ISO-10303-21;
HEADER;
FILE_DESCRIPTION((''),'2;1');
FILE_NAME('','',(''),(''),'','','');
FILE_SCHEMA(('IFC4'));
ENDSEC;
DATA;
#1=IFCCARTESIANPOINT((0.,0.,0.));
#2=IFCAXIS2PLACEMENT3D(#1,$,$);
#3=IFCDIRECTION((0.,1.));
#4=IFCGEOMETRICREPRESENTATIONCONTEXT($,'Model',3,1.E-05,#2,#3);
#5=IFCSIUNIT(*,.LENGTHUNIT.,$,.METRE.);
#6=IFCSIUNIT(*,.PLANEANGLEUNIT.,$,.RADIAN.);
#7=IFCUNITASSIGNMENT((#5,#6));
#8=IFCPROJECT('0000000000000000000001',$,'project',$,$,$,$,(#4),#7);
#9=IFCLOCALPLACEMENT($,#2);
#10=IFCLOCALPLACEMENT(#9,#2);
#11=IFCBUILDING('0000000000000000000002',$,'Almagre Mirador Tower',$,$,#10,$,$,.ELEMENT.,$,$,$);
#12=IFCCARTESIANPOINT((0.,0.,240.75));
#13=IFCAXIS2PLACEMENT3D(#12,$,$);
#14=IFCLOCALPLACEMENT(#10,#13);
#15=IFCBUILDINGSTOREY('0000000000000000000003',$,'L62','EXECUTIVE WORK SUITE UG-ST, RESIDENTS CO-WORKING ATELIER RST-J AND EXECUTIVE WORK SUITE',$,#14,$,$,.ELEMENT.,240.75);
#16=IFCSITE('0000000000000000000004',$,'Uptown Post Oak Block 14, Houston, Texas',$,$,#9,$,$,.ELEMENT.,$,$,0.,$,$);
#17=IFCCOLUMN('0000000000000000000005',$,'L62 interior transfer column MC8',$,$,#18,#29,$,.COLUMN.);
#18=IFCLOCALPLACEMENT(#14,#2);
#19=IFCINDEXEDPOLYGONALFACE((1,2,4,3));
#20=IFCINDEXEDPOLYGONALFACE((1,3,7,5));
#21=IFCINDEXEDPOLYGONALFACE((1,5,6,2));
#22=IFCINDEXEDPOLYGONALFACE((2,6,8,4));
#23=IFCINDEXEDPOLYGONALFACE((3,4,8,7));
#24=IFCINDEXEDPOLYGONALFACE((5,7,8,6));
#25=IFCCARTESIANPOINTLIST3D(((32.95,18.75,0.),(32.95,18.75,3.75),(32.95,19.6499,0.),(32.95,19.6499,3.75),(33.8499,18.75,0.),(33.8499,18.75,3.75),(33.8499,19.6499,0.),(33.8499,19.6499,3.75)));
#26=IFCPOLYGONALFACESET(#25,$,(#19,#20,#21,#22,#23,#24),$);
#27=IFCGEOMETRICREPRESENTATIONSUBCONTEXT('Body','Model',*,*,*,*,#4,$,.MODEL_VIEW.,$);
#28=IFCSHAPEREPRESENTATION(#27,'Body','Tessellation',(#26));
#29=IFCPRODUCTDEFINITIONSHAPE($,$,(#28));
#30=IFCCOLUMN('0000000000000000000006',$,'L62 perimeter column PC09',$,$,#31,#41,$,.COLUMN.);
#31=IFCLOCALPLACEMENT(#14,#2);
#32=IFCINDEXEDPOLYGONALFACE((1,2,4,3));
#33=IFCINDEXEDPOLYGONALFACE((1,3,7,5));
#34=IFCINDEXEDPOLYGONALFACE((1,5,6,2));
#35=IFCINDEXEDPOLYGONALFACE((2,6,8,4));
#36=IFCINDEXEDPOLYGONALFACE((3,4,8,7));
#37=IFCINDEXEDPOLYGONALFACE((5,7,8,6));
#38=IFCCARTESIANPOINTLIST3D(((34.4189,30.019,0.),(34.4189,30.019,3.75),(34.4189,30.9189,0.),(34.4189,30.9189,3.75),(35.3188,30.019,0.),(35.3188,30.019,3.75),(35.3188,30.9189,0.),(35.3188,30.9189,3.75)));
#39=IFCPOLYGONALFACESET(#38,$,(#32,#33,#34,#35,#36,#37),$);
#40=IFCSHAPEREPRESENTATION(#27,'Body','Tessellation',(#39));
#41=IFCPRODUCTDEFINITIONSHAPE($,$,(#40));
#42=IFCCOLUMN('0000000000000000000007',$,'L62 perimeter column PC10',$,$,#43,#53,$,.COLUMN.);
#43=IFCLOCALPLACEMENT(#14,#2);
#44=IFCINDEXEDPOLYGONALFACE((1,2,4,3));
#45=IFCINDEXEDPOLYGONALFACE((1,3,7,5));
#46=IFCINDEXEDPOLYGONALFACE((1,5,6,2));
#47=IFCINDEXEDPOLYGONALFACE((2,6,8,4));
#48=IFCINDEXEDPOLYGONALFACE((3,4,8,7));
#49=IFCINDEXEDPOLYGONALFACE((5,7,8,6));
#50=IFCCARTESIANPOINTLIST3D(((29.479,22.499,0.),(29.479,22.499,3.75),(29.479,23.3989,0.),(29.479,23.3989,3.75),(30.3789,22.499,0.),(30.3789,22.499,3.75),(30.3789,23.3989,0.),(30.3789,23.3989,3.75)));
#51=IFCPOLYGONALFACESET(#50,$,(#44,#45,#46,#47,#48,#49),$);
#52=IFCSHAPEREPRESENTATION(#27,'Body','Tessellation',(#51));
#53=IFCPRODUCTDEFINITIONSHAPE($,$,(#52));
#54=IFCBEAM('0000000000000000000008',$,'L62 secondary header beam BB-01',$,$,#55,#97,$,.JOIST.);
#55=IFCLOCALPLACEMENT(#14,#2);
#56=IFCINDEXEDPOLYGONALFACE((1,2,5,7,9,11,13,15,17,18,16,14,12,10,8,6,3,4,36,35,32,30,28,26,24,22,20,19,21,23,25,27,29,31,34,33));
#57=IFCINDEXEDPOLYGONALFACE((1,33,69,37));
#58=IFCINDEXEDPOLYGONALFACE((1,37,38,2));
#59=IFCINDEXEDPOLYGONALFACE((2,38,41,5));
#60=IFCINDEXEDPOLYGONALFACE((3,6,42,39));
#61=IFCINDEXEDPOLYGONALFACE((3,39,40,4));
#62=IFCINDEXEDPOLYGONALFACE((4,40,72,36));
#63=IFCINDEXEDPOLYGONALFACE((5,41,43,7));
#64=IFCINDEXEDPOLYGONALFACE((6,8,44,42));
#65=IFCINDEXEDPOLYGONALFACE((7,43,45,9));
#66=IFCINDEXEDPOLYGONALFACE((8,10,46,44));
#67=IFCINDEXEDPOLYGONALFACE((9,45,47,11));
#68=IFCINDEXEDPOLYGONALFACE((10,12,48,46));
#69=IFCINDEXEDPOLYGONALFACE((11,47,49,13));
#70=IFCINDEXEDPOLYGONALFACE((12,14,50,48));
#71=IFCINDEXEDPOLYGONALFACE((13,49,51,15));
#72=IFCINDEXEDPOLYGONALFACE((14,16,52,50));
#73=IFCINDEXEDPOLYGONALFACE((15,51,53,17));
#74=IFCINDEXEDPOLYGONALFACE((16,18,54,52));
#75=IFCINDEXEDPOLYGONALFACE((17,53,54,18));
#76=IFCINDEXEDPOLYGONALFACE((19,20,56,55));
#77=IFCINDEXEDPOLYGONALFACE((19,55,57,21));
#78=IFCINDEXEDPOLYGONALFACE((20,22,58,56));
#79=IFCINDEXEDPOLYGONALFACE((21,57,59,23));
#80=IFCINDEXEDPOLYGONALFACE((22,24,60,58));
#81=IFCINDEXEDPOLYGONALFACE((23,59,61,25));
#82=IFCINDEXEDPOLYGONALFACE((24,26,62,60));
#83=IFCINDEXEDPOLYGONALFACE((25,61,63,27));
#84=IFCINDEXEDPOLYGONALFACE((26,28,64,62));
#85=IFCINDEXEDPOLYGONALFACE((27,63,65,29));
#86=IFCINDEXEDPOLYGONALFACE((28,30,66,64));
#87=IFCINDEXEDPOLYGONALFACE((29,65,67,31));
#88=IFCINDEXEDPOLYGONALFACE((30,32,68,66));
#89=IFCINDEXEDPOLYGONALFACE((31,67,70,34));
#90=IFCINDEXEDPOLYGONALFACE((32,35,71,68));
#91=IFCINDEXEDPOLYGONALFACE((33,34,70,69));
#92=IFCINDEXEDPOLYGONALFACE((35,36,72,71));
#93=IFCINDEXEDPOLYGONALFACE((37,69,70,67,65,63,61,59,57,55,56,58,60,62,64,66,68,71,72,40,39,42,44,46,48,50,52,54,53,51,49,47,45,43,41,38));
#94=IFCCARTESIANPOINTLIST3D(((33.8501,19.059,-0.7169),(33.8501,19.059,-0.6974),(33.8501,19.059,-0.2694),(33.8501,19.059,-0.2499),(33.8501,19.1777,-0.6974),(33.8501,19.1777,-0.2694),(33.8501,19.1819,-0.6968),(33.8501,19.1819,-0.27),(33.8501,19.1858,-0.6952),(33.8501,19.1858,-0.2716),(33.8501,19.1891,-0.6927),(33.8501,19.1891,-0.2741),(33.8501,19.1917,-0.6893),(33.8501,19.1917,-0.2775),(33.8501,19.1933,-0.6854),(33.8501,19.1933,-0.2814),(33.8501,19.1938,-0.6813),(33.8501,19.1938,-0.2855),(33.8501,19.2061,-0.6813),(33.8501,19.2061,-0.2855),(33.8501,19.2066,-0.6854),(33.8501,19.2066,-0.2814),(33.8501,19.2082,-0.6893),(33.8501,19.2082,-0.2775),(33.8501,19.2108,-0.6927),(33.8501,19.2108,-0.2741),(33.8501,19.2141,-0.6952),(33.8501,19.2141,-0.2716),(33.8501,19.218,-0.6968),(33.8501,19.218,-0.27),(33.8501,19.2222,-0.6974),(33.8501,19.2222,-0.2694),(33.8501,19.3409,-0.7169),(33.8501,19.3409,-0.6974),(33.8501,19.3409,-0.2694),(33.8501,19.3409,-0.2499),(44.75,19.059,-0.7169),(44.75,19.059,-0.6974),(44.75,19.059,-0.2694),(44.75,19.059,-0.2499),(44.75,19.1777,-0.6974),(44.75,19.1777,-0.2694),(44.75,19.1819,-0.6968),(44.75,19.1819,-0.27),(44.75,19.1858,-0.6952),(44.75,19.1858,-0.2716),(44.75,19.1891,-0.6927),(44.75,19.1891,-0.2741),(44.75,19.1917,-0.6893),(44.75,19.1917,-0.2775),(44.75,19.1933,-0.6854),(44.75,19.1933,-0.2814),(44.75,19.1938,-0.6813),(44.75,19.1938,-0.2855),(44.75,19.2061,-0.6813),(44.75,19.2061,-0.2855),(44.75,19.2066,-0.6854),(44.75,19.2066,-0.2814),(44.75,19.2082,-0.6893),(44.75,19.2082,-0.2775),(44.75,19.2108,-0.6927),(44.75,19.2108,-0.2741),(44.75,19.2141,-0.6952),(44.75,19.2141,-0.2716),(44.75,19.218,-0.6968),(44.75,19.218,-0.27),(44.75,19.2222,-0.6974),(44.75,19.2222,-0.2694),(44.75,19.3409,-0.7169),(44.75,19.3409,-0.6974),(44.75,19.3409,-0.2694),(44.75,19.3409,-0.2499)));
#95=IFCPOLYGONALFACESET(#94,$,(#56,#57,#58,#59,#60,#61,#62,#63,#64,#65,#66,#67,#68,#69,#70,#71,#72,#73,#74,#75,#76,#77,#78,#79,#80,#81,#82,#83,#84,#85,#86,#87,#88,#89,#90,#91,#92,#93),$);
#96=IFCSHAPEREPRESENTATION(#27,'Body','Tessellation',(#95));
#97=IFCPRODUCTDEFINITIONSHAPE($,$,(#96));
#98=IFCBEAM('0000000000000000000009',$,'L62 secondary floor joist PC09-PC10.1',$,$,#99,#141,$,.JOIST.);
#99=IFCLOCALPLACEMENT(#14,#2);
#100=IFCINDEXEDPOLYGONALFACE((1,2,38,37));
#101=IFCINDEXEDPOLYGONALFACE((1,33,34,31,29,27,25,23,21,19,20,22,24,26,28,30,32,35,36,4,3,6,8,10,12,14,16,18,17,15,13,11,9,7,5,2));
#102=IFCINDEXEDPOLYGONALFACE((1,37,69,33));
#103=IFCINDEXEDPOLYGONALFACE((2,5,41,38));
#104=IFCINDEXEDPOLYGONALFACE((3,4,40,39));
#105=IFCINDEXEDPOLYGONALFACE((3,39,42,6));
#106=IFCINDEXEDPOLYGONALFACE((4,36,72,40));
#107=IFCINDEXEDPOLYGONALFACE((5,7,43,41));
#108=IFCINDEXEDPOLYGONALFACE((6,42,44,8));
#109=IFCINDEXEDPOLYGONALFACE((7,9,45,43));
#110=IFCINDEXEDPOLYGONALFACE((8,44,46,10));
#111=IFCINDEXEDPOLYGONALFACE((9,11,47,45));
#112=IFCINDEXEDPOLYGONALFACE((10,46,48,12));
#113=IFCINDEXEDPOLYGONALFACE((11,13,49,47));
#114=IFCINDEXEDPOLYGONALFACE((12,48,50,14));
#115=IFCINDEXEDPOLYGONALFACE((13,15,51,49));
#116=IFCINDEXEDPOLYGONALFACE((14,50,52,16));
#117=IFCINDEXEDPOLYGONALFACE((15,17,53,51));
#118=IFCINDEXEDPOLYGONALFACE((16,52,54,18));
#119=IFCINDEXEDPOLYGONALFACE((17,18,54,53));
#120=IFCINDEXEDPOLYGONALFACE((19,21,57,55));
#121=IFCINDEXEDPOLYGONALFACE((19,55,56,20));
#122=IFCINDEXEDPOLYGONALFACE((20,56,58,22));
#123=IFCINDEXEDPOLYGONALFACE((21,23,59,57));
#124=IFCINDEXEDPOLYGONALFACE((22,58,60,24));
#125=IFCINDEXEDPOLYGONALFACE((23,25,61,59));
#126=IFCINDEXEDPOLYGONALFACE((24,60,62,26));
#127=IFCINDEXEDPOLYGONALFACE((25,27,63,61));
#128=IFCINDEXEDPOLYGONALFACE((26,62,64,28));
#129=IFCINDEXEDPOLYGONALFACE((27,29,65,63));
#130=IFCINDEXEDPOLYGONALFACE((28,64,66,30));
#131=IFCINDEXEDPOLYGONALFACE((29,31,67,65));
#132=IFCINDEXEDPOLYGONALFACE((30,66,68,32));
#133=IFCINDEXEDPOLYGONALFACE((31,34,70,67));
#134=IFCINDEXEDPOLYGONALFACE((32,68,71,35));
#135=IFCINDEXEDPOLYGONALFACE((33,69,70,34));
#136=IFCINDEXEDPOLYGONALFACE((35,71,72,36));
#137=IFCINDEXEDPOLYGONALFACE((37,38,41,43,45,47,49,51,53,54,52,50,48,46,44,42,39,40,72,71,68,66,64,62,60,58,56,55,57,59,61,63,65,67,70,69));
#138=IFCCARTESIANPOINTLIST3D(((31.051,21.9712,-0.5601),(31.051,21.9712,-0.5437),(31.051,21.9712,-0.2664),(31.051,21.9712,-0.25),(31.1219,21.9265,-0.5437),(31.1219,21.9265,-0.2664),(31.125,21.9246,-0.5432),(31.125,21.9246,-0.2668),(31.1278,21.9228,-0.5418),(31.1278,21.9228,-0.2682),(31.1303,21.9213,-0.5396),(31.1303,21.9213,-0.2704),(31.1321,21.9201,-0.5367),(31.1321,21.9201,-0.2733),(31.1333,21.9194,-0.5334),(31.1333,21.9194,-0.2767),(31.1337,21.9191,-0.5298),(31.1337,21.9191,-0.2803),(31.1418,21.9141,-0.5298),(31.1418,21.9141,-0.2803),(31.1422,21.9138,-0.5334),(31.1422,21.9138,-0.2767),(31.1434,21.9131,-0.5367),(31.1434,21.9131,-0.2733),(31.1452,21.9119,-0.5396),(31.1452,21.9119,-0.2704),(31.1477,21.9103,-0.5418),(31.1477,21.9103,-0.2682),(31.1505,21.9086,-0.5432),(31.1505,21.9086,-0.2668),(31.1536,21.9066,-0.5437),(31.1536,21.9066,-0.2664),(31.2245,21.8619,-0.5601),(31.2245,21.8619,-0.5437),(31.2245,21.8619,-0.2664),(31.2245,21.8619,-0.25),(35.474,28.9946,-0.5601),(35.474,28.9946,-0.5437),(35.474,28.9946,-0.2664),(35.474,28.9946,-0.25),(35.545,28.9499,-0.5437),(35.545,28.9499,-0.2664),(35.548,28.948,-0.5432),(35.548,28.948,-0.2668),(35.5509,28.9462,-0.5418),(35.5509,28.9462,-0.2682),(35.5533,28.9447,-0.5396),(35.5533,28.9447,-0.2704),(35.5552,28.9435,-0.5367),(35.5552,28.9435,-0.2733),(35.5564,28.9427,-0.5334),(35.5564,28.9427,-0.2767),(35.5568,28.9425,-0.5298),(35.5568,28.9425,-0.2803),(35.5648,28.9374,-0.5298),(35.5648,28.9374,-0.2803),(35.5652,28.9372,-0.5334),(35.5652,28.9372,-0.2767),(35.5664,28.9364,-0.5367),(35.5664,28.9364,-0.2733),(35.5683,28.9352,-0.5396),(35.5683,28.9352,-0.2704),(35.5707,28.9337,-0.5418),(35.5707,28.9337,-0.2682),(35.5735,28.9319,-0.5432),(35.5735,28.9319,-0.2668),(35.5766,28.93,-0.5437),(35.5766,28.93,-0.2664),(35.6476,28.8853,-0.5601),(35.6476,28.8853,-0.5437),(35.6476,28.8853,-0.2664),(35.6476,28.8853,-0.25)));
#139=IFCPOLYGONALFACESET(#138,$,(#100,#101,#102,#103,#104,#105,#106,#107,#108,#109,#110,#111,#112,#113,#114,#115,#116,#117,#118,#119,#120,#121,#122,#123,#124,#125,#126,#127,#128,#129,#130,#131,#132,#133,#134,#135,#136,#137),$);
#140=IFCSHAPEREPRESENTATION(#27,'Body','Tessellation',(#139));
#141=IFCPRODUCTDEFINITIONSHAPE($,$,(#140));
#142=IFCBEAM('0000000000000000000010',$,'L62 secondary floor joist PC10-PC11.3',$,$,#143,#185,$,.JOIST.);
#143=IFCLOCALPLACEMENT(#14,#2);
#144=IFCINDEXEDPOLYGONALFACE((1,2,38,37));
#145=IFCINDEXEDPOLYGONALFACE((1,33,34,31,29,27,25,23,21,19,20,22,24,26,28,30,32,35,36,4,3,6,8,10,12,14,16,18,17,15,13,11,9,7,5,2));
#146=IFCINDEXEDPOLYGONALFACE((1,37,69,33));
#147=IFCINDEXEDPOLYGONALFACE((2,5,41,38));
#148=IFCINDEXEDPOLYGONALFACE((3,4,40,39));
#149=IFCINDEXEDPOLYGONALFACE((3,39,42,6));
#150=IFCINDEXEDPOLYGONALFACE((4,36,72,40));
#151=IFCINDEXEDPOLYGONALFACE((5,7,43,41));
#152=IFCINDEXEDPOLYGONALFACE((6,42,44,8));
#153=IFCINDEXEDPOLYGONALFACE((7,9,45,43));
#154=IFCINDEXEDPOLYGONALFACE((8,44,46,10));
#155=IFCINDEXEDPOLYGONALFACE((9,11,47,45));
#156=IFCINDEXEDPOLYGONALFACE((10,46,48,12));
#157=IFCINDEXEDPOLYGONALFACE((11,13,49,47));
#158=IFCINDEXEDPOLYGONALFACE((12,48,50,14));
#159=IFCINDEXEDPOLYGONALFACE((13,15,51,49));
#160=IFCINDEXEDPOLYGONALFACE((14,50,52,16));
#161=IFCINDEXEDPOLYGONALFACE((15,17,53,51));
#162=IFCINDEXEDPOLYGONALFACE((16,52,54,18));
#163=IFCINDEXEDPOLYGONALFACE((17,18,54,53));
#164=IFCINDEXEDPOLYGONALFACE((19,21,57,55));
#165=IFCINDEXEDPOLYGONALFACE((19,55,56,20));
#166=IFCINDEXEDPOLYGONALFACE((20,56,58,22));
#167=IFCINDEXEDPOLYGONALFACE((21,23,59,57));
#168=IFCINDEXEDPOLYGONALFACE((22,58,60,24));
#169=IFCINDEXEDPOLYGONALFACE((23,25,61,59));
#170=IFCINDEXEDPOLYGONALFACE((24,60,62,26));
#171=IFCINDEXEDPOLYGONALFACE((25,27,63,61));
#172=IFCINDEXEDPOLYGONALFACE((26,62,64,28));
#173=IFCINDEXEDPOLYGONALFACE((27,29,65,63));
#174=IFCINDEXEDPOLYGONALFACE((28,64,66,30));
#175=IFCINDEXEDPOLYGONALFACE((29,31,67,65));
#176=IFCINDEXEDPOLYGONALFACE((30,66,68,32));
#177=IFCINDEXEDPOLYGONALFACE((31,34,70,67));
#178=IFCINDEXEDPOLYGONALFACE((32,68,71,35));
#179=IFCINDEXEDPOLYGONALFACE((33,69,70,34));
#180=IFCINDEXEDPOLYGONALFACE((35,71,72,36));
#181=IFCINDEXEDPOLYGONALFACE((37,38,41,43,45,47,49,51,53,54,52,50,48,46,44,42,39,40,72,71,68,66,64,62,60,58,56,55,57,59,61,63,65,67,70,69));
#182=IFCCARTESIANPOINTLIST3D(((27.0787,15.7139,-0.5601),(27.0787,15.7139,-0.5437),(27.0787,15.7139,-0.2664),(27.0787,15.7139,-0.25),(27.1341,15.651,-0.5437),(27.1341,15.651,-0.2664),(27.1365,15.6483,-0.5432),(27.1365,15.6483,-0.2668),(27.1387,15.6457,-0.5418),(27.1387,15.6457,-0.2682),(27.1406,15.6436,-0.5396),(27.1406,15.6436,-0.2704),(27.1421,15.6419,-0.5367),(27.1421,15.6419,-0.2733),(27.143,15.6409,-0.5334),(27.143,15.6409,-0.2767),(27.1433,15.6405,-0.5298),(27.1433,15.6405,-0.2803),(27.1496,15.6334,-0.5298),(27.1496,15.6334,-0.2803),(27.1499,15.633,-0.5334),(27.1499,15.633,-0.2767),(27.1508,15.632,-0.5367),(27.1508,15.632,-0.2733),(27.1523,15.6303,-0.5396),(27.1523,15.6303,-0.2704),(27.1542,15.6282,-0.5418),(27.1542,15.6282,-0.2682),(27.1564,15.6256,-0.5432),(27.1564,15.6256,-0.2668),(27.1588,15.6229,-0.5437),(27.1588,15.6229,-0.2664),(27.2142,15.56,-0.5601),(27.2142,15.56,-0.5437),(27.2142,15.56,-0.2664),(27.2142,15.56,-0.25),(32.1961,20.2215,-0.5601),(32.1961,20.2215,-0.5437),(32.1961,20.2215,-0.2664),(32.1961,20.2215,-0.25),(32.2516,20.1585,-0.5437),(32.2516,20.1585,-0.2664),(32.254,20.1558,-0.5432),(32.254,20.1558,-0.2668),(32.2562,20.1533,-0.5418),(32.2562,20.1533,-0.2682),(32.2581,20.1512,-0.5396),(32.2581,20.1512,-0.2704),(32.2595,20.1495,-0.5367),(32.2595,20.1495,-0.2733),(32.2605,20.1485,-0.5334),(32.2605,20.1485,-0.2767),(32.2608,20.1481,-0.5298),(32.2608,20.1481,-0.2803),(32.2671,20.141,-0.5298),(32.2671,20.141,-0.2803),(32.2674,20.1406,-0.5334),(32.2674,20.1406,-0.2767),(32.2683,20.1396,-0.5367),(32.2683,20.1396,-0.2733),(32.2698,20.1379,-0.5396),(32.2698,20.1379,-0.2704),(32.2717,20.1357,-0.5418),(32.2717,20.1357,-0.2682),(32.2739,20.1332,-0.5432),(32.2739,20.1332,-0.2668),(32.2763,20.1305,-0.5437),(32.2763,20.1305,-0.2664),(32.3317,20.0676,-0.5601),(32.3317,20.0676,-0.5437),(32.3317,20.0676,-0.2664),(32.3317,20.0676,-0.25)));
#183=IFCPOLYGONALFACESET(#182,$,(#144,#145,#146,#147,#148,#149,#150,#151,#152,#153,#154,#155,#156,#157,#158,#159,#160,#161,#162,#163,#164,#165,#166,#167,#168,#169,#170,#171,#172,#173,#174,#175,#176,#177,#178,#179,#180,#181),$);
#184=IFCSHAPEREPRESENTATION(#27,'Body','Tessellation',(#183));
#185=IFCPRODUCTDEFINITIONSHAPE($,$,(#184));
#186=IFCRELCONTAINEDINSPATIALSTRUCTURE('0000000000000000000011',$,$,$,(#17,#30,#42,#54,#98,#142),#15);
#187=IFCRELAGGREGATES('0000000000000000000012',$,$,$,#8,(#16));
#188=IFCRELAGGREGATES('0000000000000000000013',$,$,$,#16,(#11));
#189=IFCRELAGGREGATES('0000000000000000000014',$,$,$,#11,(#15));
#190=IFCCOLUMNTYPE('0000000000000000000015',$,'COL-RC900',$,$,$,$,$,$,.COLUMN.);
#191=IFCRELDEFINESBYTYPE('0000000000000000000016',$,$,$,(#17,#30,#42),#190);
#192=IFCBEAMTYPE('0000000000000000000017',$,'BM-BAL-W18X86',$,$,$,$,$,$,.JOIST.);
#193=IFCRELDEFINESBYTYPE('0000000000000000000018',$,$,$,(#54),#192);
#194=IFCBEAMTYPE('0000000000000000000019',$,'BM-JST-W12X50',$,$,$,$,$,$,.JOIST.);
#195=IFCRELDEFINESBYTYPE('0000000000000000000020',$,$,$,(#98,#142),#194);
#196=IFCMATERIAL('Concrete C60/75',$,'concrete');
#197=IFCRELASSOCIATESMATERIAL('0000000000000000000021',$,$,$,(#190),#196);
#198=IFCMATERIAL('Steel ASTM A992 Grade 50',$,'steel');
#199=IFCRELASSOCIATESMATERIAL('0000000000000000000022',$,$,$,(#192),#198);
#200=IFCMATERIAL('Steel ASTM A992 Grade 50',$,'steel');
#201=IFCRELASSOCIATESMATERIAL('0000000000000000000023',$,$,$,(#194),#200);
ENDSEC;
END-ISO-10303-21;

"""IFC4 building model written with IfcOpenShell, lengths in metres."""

from ifc_helpers import new_model, si_unit, direction, frame, origin, origin_2d, place, context, subcontext, project, spatial, rectangle, i_section, extrude, material, material_profile, profile_set, type_object, element, save


model = new_model("IFC4")

# Units and contexts
model_context = context("Model", 3, precision=1e-05, world=origin(), true_north=direction((0.0, 1.0)))
body_context = subcontext(model_context, "Body", "Model", "MODEL_VIEW")
ifc_project = project(units=[si_unit("LENGTHUNIT", "METRE"), si_unit("PLANEANGLEUNIT", "RADIAN")], contexts=[model_context])

# Site, building, storey
site_placement = place(None, origin())
site = spatial("IfcSite", under=ifc_project, at=site_placement, Name="Uptown Post Oak Block 14, Houston, Texas", CompositionType="ELEMENT", RefElevation=0.0)
building_placement = place(site_placement, origin())
building = spatial("IfcBuilding", under=site, at=building_placement, Name="Almagre Mirador Tower", CompositionType="ELEMENT")
storey_placement = place(building_placement, frame((0.0, 0.0, 240.75)))
storey = spatial("IfcBuildingStorey", under=building, at=storey_placement, Name="L62", Description="EXECUTIVE WORK SUITE UG-ST, RESIDENTS CO-WORKING ATELIER RST-J AND EXECUTIVE WORK SUITE", CompositionType="ELEMENT", Elevation=240.75)

# Columns
ifc_material_1 = material(Name="Concrete C60/75", Category="concrete")
ifc_material_profile_1 = material_profile(ifc_material_1, rectangle(XDim=0.8999, YDim=0.8999, at=origin_2d()), Name="RC900X900")
ifc_profile_set_1 = profile_set([ifc_material_profile_1], Name="Concrete C60/75")
column_type = type_object("IfcColumnType", Name="COL-RC900", PredefinedType="COLUMN", material=ifc_profile_set_1)
for number, where, z_axis, x_axis, name in (
    (1, (33.3999, 19.2, 0.0), (0.0, 0.0, 1.0), (1.0, 0.0, 0.0), "L62 interior transfer column MC8"),
    (2, (34.8689, 30.469, 0.0), (0.0, 0.0, 1.0), (1.0, 0.0, 0.0), "L62 perimeter column PC09"),
    (3, (29.929, 22.949, 0.0), (0.0, 0.0, 1.0), (1.0, 0.0, 0.0), "L62 perimeter column PC10"),
):
    element("IfcColumn", number, at=place(storey_placement, frame(where, z_axis=z_axis, x_axis=x_axis)), inside=storey, type_object=column_type, Name=name, PredefinedType="COLUMN", context=body_context, shape_type="SweptSolid", body=[
        extrude(rectangle(XDim=0.8999, YDim=0.8999, at=origin_2d()), origin(), (0.0, 0.0, 1.0), 3.75),
    ])

# Beams
ifc_material_2 = material(Name="Steel ASTM A992 Grade 50", Category="steel")
ifc_material_profile_2 = material_profile(ifc_material_2, i_section(OverallWidth=0.282, OverallDepth=0.467, WebThickness=0.0122, FlangeThickness=0.0195, FilletRadius=0.0161, at=origin_2d()), Name="W18X86")
ifc_profile_set_2 = profile_set([ifc_material_profile_2], Name="Steel ASTM A992 Grade 50")
beam_type_1 = type_object("IfcBeamType", Name="BM-BAL-W18X86", PredefinedType="JOIST", material=ifc_profile_set_2)
beam_1_placement = place(storey_placement, frame((33.8501, 19.2, -0.4834), z_axis=(1.0, 0.0, 0.0), x_axis=(0.0, 1.0, 0.0)))
element("IfcBeam", 4, at=beam_1_placement, inside=storey, type_object=beam_type_1, Name="L62 secondary header beam BB-01", PredefinedType="JOIST", context=body_context, shape_type="SweptSolid", body=[
    extrude(i_section(OverallWidth=0.282, OverallDepth=0.467, WebThickness=0.0122, FlangeThickness=0.0195, FilletRadius=0.0161, at=origin_2d()), origin(), (0.0, 0.0, 1.0), 10.8999),
])
ifc_material_3 = material(Name="Steel ASTM A992 Grade 50", Category="steel")
ifc_material_profile_3 = material_profile(ifc_material_3, i_section(OverallWidth=0.2051, OverallDepth=0.3101, WebThickness=0.0095, FlangeThickness=0.0164, FilletRadius=0.0139, at=origin_2d()), Name="W12X50")
ifc_profile_set_3 = profile_set([ifc_material_profile_3], Name="Steel ASTM A992 Grade 50")
beam_type_2 = type_object("IfcBeamType", Name="BM-JST-W12X50", PredefinedType="JOIST", material=ifc_profile_set_3)
beam_2_placement = place(storey_placement, frame((35.5608, 28.9399, -0.405), z_axis=(-0.532894, -0.846182, 0.0), x_axis=(0.846182, -0.532894, 0.0)))
element("IfcBeam", 5, at=beam_2_placement, inside=storey, type_object=beam_type_2, Name="L62 secondary floor joist PC09-PC10.1", PredefinedType="JOIST", context=body_context, shape_type="SweptSolid", body=[
    extrude(i_section(OverallWidth=0.2051, OverallDepth=0.3101, WebThickness=0.0095, FlangeThickness=0.0164, FilletRadius=0.0139, at=origin_2d()), origin(), (0.0, 0.0, 1.0), 8.3),
])
beam_3_placement = place(storey_placement, frame((32.2639, 20.1445, -0.405), z_axis=(-0.750406, -0.660977, 0.0), x_axis=(0.660977, -0.750406, 0.0)))
element("IfcBeam", 6, at=beam_3_placement, inside=storey, type_object=beam_type_2, Name="L62 secondary floor joist PC10-PC11.3", PredefinedType="JOIST", context=body_context, shape_type="SweptSolid", body=[
    extrude(i_section(OverallWidth=0.2051, OverallDepth=0.3101, WebThickness=0.0095, FlangeThickness=0.0164, FilletRadius=0.0139, at=origin_2d()), origin(), (0.0, 0.0, 1.0), 6.8196),
])

save(model, "model.ifc")
